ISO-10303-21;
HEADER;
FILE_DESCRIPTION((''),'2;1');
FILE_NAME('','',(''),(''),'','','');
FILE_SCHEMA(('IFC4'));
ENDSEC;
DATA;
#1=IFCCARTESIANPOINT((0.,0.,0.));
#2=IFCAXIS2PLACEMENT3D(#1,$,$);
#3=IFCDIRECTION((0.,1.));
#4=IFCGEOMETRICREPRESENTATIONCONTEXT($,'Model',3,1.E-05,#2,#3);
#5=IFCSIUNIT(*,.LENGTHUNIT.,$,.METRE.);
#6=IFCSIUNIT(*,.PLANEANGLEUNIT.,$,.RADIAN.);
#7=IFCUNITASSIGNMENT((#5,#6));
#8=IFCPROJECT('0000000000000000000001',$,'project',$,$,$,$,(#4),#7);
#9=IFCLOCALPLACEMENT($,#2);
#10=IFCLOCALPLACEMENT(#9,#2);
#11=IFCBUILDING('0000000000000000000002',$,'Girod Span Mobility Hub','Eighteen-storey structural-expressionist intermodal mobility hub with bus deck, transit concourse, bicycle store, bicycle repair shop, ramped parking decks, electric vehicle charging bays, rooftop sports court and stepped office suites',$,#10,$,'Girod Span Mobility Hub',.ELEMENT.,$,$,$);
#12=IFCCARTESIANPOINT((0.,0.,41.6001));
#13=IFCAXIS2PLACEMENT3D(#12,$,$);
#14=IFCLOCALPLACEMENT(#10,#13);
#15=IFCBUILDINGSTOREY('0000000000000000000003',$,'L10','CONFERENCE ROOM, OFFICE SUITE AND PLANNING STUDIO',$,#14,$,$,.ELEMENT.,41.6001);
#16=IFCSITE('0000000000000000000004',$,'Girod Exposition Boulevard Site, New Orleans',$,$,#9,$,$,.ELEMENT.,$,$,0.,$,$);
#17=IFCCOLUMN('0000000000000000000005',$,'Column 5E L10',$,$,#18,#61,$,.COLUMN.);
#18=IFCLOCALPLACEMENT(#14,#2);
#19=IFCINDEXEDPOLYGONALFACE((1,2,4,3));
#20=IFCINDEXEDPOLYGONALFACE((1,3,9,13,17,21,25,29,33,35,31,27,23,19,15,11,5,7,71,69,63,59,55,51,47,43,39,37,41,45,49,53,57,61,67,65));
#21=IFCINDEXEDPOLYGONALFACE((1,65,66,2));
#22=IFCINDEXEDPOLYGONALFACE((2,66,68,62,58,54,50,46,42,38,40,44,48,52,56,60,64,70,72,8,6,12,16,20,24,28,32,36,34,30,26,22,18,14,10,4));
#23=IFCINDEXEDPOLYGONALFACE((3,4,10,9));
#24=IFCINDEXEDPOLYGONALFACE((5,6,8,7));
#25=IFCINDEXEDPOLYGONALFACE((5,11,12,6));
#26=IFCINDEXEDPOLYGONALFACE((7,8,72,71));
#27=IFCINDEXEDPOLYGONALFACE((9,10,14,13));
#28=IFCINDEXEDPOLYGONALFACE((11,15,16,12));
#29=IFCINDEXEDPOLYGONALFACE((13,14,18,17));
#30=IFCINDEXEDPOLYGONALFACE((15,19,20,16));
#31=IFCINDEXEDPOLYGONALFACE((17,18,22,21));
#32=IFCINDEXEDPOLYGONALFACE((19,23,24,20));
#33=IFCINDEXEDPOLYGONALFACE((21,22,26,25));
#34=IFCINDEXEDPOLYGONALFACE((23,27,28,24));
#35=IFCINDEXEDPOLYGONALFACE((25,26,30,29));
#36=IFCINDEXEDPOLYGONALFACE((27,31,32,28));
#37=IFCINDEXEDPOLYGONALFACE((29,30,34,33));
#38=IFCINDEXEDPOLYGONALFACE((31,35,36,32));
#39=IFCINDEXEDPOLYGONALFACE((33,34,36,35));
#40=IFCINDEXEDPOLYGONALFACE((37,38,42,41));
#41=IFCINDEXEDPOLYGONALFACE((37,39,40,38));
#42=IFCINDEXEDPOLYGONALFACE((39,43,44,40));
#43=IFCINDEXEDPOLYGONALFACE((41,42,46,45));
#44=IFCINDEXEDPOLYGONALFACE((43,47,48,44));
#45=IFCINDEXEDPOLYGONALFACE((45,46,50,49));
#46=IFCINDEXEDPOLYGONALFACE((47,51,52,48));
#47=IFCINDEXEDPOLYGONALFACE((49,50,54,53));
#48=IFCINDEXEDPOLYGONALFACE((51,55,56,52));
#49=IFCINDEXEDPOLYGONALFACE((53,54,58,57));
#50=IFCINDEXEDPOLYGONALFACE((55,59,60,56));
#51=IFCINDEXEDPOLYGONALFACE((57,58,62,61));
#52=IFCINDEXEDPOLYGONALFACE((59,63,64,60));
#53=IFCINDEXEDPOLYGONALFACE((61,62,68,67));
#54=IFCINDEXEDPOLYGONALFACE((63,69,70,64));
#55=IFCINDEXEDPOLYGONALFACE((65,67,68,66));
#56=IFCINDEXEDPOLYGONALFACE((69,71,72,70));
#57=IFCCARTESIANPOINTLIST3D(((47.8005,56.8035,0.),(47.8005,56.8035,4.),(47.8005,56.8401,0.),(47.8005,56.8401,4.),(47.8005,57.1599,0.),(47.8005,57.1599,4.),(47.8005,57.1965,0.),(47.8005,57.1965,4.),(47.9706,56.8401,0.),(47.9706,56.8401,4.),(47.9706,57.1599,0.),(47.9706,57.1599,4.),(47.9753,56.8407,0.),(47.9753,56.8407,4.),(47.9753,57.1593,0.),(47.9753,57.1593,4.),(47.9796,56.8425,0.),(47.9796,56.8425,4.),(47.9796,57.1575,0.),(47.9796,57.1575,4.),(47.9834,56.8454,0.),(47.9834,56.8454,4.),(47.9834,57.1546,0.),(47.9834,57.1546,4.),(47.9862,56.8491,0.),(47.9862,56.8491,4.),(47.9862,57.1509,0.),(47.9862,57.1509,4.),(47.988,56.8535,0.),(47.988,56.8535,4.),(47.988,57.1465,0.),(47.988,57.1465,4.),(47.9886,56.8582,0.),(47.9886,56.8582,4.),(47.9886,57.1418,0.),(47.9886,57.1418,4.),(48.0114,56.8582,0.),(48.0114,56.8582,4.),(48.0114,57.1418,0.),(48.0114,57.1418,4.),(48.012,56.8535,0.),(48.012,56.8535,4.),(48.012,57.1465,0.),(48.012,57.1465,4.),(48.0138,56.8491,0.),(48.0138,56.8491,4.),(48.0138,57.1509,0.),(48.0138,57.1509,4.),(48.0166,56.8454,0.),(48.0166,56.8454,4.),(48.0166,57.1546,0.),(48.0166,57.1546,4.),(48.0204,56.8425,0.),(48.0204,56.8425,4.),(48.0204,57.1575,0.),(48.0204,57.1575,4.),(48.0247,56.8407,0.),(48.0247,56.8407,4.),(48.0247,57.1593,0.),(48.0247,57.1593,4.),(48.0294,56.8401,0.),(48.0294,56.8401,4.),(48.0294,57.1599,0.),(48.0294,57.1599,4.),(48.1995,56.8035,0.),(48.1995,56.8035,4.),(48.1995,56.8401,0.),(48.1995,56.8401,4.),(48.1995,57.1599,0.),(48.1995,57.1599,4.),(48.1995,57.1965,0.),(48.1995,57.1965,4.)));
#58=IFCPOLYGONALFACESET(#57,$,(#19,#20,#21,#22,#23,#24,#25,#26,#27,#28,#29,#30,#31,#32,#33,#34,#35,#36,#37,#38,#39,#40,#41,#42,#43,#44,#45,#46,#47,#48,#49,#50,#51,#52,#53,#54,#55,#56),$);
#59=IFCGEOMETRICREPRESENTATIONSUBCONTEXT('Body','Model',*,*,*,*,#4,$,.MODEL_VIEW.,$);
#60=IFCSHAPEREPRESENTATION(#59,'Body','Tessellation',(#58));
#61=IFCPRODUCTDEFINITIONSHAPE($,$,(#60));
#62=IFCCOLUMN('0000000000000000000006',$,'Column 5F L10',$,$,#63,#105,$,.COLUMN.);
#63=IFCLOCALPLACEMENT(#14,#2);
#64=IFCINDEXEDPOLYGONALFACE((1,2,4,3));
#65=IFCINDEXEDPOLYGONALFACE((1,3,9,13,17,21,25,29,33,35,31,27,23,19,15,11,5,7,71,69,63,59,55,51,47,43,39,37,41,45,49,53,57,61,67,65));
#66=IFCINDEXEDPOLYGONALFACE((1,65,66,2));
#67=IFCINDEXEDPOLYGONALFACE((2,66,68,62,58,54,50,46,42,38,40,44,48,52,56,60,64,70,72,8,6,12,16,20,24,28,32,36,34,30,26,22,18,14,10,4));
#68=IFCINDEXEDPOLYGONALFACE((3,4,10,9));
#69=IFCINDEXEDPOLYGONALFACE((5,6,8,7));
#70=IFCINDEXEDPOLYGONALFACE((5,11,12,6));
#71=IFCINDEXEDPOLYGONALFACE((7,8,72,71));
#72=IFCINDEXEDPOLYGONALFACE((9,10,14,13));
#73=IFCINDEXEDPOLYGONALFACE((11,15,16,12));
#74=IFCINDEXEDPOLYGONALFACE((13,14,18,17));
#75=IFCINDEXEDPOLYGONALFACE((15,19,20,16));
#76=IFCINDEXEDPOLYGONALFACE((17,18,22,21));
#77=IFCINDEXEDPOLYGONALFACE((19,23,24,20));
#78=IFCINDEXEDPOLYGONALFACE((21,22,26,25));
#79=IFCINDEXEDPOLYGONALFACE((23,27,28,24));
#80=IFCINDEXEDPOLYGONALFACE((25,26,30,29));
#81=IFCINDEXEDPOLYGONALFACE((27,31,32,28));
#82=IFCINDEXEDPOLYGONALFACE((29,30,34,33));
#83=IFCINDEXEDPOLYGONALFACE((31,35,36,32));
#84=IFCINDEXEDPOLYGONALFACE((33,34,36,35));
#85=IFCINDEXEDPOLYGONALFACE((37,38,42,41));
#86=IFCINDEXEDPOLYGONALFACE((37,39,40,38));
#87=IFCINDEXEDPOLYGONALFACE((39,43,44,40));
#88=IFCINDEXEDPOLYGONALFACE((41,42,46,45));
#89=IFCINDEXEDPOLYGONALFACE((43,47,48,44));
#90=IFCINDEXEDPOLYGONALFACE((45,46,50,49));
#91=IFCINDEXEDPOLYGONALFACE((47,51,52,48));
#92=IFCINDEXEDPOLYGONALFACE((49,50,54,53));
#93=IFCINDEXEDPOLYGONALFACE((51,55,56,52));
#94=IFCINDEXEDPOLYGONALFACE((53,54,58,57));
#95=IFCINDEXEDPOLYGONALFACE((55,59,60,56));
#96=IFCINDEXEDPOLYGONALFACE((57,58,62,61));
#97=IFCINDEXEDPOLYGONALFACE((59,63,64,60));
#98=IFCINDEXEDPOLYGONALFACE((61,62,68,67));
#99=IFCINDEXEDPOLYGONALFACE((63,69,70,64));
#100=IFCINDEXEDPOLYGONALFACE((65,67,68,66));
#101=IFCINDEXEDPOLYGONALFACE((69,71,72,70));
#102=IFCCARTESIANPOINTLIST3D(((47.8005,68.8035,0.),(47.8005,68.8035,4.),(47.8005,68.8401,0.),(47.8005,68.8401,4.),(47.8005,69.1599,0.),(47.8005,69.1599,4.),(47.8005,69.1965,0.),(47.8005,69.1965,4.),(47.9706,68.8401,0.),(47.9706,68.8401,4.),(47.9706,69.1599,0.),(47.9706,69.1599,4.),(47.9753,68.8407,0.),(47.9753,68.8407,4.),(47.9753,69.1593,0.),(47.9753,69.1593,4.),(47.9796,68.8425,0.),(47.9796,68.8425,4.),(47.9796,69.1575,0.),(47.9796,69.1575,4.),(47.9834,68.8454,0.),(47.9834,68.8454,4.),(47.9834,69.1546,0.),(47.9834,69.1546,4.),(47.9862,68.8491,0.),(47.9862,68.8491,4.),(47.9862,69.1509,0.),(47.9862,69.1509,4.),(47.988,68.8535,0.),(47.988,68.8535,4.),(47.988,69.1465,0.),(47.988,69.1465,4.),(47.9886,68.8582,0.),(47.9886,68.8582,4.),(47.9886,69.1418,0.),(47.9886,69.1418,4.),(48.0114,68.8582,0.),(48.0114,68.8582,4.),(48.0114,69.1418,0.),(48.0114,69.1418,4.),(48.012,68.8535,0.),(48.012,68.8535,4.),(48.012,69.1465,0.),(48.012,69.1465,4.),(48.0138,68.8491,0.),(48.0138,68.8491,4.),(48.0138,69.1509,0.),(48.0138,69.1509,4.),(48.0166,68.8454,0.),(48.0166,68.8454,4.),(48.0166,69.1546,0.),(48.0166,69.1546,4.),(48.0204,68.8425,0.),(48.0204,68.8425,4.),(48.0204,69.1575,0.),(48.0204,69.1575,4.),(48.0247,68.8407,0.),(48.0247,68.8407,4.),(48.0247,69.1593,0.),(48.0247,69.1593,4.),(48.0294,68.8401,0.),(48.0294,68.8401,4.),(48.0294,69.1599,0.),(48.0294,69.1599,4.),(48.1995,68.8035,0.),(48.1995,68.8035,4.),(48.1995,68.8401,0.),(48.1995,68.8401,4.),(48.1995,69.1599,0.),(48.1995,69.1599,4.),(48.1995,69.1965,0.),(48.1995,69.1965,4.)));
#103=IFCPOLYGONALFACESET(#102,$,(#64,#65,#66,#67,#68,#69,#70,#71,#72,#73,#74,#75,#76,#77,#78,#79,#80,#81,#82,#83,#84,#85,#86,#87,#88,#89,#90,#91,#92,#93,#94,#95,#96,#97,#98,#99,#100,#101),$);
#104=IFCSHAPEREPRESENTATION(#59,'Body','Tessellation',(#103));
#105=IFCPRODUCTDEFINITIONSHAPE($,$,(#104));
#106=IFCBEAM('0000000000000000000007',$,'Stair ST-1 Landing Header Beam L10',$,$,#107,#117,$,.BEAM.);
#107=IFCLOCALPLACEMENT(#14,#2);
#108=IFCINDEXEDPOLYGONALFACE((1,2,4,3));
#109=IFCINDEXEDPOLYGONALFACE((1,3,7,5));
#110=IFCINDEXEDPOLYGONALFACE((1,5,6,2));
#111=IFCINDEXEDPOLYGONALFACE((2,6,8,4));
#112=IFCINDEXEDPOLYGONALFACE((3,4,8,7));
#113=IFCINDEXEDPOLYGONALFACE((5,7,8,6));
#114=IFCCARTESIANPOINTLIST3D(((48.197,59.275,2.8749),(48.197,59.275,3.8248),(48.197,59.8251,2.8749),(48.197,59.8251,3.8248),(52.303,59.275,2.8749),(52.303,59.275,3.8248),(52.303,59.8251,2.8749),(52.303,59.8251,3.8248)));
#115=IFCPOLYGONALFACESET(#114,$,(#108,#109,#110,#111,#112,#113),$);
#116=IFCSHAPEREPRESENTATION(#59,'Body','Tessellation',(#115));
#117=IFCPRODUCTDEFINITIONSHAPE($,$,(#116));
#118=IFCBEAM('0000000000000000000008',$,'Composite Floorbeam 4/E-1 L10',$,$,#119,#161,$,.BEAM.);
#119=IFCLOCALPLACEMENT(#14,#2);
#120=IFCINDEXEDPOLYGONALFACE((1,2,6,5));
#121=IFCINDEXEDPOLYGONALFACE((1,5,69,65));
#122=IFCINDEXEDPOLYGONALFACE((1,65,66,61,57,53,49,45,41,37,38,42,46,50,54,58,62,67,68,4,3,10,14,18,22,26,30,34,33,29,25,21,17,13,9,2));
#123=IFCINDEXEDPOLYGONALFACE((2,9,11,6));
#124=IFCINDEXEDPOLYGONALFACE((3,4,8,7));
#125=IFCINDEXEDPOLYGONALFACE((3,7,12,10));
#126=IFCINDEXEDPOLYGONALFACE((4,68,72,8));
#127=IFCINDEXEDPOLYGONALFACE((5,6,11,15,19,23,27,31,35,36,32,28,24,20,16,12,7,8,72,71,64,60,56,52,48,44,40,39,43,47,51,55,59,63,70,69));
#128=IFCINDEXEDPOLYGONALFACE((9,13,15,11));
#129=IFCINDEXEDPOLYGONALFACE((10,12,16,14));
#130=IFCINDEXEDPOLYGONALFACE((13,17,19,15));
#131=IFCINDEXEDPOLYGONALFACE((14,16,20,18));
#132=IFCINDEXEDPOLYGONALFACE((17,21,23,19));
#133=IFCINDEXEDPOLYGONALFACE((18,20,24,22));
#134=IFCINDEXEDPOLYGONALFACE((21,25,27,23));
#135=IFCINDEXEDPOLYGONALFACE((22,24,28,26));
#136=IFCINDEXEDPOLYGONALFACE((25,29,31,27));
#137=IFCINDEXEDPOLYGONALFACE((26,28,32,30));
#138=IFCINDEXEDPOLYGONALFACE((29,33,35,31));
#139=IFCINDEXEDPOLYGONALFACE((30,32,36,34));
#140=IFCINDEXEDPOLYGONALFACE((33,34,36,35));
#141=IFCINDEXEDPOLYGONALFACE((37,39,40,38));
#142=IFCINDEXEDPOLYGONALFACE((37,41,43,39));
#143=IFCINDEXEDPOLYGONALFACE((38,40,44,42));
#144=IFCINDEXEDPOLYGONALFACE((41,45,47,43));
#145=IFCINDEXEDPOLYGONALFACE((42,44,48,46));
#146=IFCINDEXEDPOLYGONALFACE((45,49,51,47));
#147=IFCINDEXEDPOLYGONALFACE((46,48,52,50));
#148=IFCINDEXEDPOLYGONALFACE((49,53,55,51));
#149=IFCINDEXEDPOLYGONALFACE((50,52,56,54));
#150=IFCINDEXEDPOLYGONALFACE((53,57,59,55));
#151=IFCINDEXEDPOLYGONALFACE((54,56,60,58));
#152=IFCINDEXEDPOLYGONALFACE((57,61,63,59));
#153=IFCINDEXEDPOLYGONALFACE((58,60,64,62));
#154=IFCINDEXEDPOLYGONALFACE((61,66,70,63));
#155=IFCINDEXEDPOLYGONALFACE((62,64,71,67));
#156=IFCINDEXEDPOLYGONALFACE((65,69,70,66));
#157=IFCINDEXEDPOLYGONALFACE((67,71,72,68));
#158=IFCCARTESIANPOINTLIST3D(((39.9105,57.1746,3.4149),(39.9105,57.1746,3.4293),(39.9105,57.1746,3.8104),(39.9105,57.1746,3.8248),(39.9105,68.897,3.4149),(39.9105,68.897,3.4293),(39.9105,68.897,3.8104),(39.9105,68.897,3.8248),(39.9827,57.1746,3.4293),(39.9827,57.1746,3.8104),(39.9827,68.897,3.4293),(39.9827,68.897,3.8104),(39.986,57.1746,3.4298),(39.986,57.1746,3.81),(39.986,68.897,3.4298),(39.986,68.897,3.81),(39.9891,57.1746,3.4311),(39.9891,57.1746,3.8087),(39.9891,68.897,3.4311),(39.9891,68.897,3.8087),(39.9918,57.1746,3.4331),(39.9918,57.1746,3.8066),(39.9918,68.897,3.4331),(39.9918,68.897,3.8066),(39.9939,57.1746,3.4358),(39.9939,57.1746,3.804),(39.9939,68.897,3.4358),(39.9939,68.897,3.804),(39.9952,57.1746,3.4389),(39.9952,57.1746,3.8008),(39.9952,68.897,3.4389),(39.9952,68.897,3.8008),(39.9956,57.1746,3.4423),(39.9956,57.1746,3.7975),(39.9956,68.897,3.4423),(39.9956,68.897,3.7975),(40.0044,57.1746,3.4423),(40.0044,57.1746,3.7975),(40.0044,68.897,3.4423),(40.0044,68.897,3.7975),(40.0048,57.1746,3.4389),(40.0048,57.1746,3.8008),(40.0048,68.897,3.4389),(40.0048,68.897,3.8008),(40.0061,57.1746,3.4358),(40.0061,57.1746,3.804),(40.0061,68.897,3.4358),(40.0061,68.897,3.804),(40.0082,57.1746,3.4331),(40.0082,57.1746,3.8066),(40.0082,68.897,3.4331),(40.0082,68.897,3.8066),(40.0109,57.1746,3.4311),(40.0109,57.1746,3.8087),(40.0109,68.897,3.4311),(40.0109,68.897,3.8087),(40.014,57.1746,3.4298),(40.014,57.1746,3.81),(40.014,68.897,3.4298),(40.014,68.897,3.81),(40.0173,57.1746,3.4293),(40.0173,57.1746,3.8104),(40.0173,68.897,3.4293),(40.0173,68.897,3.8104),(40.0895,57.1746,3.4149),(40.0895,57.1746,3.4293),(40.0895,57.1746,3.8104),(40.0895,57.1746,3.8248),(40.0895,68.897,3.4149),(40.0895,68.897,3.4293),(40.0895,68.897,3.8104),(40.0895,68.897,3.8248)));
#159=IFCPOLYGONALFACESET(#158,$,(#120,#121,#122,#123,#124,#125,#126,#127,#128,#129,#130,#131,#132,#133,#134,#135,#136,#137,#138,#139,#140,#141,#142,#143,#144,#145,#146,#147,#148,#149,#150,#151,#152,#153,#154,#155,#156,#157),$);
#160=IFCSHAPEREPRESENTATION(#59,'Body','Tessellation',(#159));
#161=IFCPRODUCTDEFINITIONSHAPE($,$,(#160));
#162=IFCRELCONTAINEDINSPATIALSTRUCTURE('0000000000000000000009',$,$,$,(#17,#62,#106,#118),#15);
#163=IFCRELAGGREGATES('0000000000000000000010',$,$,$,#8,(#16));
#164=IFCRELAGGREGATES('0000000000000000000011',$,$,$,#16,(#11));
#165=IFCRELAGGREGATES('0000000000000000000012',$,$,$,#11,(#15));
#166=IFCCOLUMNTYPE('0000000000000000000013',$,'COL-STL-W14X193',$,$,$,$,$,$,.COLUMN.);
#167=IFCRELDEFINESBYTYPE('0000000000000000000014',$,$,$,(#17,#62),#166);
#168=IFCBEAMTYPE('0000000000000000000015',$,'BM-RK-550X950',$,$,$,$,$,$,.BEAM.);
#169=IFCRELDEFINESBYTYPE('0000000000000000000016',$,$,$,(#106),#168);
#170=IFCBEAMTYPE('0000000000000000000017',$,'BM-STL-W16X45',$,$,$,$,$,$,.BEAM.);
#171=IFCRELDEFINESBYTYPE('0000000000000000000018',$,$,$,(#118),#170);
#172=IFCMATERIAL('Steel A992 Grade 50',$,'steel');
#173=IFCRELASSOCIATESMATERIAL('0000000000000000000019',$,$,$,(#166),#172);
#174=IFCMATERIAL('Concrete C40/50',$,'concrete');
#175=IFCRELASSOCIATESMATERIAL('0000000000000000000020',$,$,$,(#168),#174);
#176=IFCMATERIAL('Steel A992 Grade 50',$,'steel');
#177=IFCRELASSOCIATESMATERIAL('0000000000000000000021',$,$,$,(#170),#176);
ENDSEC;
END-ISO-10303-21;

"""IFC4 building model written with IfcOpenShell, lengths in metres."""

from ifc_helpers import new_model, si_unit, direction, frame, origin, origin_2d, place, context, subcontext, project, spatial, rectangle, i_section, extrude, material, material_profile, profile_set, type_object, element, save


model = new_model("IFC4")

# Units and contexts
model_context = context("Model", 3, precision=1e-05, world=origin(), true_north=direction((0.0, 1.0)))
body_context = subcontext(model_context, "Body", "Model", "MODEL_VIEW")
ifc_project = project(units=[si_unit("LENGTHUNIT", "METRE"), si_unit("PLANEANGLEUNIT", "RADIAN")], contexts=[model_context])

# Site, building, storey
site_placement = place(None, origin())
site = spatial("IfcSite", under=ifc_project, at=site_placement, Name="Girod Exposition Boulevard Site, New Orleans", CompositionType="ELEMENT", RefElevation=0.0)
building_placement = place(site_placement, origin())
building = spatial("IfcBuilding", under=site, at=building_placement, Name="Girod Span Mobility Hub", Description="Eighteen-storey structural-expressionist intermodal mobility hub with bus deck, transit concourse, bicycle store, bicycle repair shop, ramped parking decks, electric vehicle charging bays, rooftop sports court and stepped office suites", LongName="Girod Span Mobility Hub", CompositionType="ELEMENT")
storey_placement = place(building_placement, frame((0.0, 0.0, 41.6001)))
storey = spatial("IfcBuildingStorey", under=building, at=storey_placement, Name="L10", Description="CONFERENCE ROOM, OFFICE SUITE AND PLANNING STUDIO", CompositionType="ELEMENT", Elevation=41.6001)

# Columns
ifc_material_1 = material(Name="Steel A992 Grade 50", Category="steel")
ifc_material_profile_1 = material_profile(ifc_material_1, i_section(OverallWidth=0.3989, OverallDepth=0.3931, WebThickness=0.0227, FlangeThickness=0.0366, FilletRadius=0.0181, at=origin_2d()), Name="W14X193")
ifc_profile_set_1 = profile_set([ifc_material_profile_1], Name="Steel A992 Grade 50")
column_type = type_object("IfcColumnType", Name="COL-STL-W14X193", PredefinedType="COLUMN", material=ifc_profile_set_1)
for number, where, z_axis, x_axis, name in (
    (1, (48.0, 57.0, 0.0), (0.0, 0.0, 1.0), (1.0, 0.0, 0.0), "Column 5E L10"),
    (2, (48.0, 69.0, 0.0), (0.0, 0.0, 1.0), (1.0, 0.0, 0.0), "Column 5F L10"),
):
    element("IfcColumn", number, at=place(storey_placement, frame(where, z_axis=z_axis, x_axis=x_axis)), inside=storey, type_object=column_type, Name=name, PredefinedType="COLUMN", context=body_context, shape_type="SweptSolid", body=[
        extrude(i_section(OverallWidth=0.3989, OverallDepth=0.3931, WebThickness=0.0227, FlangeThickness=0.0366, FilletRadius=0.0181, at=origin_2d()), origin(), (0.0, 0.0, 1.0), 4.0),
    ])

# Beams
ifc_material_2 = material(Name="Concrete C40/50", Category="concrete")
ifc_material_profile_2 = material_profile(ifc_material_2, rectangle(XDim=0.55, YDim=0.95, at=origin_2d()), Name="RK-550X950")
ifc_profile_set_2 = profile_set([ifc_material_profile_2], Name="Concrete C40/50")
beam_type_1 = type_object("IfcBeamType", Name="BM-RK-550X950", PredefinedType="BEAM", material=ifc_profile_set_2)
beam_1_placement = place(storey_placement, frame((48.197, 59.55, 3.3499), z_axis=(1.0, 0.0, 0.0), x_axis=(0.0, 1.0, 0.0)))
element("IfcBeam", 3, at=beam_1_placement, inside=storey, type_object=beam_type_1, Name="Stair ST-1 Landing Header Beam L10", PredefinedType="BEAM", context=body_context, shape_type="SweptSolid", body=[
    extrude(rectangle(XDim=0.55, YDim=0.95, at=origin_2d()), origin(), (0.0, 0.0, 1.0), 4.106),
])
ifc_material_3 = material(Name="Steel A992 Grade 50", Category="steel")
ifc_material_profile_3 = material_profile(ifc_material_3, i_section(OverallWidth=0.179, OverallDepth=0.4099, WebThickness=0.0088, FlangeThickness=0.0144, FilletRadius=0.0129, at=origin_2d()), Name="W16X45")
ifc_profile_set_3 = profile_set([ifc_material_profile_3], Name="Steel A992 Grade 50")
beam_type_2 = type_object("IfcBeamType", Name="BM-STL-W16X45", PredefinedType="BEAM", material=ifc_profile_set_3)
for number, where, z_axis, x_axis, name in (
    (4, (40.0, 57.1746, 3.6199), (0.0, 1.0, 0.0), (-1.0, 0.0, 0.0), "Composite Floorbeam 4/E-1 L10"),
):
    element("IfcBeam", number, at=place(storey_placement, frame(where, z_axis=z_axis, x_axis=x_axis)), inside=storey, type_object=beam_type_2, Name=name, PredefinedType="BEAM", context=body_context, shape_type="SweptSolid", body=[
        extrude(i_section(OverallWidth=0.179, OverallDepth=0.4099, WebThickness=0.0088, FlangeThickness=0.0144, FilletRadius=0.0129, at=origin_2d()), origin(), (0.0, 0.0, 1.0), 11.7224),
    ])

save(model, "model.ifc")
